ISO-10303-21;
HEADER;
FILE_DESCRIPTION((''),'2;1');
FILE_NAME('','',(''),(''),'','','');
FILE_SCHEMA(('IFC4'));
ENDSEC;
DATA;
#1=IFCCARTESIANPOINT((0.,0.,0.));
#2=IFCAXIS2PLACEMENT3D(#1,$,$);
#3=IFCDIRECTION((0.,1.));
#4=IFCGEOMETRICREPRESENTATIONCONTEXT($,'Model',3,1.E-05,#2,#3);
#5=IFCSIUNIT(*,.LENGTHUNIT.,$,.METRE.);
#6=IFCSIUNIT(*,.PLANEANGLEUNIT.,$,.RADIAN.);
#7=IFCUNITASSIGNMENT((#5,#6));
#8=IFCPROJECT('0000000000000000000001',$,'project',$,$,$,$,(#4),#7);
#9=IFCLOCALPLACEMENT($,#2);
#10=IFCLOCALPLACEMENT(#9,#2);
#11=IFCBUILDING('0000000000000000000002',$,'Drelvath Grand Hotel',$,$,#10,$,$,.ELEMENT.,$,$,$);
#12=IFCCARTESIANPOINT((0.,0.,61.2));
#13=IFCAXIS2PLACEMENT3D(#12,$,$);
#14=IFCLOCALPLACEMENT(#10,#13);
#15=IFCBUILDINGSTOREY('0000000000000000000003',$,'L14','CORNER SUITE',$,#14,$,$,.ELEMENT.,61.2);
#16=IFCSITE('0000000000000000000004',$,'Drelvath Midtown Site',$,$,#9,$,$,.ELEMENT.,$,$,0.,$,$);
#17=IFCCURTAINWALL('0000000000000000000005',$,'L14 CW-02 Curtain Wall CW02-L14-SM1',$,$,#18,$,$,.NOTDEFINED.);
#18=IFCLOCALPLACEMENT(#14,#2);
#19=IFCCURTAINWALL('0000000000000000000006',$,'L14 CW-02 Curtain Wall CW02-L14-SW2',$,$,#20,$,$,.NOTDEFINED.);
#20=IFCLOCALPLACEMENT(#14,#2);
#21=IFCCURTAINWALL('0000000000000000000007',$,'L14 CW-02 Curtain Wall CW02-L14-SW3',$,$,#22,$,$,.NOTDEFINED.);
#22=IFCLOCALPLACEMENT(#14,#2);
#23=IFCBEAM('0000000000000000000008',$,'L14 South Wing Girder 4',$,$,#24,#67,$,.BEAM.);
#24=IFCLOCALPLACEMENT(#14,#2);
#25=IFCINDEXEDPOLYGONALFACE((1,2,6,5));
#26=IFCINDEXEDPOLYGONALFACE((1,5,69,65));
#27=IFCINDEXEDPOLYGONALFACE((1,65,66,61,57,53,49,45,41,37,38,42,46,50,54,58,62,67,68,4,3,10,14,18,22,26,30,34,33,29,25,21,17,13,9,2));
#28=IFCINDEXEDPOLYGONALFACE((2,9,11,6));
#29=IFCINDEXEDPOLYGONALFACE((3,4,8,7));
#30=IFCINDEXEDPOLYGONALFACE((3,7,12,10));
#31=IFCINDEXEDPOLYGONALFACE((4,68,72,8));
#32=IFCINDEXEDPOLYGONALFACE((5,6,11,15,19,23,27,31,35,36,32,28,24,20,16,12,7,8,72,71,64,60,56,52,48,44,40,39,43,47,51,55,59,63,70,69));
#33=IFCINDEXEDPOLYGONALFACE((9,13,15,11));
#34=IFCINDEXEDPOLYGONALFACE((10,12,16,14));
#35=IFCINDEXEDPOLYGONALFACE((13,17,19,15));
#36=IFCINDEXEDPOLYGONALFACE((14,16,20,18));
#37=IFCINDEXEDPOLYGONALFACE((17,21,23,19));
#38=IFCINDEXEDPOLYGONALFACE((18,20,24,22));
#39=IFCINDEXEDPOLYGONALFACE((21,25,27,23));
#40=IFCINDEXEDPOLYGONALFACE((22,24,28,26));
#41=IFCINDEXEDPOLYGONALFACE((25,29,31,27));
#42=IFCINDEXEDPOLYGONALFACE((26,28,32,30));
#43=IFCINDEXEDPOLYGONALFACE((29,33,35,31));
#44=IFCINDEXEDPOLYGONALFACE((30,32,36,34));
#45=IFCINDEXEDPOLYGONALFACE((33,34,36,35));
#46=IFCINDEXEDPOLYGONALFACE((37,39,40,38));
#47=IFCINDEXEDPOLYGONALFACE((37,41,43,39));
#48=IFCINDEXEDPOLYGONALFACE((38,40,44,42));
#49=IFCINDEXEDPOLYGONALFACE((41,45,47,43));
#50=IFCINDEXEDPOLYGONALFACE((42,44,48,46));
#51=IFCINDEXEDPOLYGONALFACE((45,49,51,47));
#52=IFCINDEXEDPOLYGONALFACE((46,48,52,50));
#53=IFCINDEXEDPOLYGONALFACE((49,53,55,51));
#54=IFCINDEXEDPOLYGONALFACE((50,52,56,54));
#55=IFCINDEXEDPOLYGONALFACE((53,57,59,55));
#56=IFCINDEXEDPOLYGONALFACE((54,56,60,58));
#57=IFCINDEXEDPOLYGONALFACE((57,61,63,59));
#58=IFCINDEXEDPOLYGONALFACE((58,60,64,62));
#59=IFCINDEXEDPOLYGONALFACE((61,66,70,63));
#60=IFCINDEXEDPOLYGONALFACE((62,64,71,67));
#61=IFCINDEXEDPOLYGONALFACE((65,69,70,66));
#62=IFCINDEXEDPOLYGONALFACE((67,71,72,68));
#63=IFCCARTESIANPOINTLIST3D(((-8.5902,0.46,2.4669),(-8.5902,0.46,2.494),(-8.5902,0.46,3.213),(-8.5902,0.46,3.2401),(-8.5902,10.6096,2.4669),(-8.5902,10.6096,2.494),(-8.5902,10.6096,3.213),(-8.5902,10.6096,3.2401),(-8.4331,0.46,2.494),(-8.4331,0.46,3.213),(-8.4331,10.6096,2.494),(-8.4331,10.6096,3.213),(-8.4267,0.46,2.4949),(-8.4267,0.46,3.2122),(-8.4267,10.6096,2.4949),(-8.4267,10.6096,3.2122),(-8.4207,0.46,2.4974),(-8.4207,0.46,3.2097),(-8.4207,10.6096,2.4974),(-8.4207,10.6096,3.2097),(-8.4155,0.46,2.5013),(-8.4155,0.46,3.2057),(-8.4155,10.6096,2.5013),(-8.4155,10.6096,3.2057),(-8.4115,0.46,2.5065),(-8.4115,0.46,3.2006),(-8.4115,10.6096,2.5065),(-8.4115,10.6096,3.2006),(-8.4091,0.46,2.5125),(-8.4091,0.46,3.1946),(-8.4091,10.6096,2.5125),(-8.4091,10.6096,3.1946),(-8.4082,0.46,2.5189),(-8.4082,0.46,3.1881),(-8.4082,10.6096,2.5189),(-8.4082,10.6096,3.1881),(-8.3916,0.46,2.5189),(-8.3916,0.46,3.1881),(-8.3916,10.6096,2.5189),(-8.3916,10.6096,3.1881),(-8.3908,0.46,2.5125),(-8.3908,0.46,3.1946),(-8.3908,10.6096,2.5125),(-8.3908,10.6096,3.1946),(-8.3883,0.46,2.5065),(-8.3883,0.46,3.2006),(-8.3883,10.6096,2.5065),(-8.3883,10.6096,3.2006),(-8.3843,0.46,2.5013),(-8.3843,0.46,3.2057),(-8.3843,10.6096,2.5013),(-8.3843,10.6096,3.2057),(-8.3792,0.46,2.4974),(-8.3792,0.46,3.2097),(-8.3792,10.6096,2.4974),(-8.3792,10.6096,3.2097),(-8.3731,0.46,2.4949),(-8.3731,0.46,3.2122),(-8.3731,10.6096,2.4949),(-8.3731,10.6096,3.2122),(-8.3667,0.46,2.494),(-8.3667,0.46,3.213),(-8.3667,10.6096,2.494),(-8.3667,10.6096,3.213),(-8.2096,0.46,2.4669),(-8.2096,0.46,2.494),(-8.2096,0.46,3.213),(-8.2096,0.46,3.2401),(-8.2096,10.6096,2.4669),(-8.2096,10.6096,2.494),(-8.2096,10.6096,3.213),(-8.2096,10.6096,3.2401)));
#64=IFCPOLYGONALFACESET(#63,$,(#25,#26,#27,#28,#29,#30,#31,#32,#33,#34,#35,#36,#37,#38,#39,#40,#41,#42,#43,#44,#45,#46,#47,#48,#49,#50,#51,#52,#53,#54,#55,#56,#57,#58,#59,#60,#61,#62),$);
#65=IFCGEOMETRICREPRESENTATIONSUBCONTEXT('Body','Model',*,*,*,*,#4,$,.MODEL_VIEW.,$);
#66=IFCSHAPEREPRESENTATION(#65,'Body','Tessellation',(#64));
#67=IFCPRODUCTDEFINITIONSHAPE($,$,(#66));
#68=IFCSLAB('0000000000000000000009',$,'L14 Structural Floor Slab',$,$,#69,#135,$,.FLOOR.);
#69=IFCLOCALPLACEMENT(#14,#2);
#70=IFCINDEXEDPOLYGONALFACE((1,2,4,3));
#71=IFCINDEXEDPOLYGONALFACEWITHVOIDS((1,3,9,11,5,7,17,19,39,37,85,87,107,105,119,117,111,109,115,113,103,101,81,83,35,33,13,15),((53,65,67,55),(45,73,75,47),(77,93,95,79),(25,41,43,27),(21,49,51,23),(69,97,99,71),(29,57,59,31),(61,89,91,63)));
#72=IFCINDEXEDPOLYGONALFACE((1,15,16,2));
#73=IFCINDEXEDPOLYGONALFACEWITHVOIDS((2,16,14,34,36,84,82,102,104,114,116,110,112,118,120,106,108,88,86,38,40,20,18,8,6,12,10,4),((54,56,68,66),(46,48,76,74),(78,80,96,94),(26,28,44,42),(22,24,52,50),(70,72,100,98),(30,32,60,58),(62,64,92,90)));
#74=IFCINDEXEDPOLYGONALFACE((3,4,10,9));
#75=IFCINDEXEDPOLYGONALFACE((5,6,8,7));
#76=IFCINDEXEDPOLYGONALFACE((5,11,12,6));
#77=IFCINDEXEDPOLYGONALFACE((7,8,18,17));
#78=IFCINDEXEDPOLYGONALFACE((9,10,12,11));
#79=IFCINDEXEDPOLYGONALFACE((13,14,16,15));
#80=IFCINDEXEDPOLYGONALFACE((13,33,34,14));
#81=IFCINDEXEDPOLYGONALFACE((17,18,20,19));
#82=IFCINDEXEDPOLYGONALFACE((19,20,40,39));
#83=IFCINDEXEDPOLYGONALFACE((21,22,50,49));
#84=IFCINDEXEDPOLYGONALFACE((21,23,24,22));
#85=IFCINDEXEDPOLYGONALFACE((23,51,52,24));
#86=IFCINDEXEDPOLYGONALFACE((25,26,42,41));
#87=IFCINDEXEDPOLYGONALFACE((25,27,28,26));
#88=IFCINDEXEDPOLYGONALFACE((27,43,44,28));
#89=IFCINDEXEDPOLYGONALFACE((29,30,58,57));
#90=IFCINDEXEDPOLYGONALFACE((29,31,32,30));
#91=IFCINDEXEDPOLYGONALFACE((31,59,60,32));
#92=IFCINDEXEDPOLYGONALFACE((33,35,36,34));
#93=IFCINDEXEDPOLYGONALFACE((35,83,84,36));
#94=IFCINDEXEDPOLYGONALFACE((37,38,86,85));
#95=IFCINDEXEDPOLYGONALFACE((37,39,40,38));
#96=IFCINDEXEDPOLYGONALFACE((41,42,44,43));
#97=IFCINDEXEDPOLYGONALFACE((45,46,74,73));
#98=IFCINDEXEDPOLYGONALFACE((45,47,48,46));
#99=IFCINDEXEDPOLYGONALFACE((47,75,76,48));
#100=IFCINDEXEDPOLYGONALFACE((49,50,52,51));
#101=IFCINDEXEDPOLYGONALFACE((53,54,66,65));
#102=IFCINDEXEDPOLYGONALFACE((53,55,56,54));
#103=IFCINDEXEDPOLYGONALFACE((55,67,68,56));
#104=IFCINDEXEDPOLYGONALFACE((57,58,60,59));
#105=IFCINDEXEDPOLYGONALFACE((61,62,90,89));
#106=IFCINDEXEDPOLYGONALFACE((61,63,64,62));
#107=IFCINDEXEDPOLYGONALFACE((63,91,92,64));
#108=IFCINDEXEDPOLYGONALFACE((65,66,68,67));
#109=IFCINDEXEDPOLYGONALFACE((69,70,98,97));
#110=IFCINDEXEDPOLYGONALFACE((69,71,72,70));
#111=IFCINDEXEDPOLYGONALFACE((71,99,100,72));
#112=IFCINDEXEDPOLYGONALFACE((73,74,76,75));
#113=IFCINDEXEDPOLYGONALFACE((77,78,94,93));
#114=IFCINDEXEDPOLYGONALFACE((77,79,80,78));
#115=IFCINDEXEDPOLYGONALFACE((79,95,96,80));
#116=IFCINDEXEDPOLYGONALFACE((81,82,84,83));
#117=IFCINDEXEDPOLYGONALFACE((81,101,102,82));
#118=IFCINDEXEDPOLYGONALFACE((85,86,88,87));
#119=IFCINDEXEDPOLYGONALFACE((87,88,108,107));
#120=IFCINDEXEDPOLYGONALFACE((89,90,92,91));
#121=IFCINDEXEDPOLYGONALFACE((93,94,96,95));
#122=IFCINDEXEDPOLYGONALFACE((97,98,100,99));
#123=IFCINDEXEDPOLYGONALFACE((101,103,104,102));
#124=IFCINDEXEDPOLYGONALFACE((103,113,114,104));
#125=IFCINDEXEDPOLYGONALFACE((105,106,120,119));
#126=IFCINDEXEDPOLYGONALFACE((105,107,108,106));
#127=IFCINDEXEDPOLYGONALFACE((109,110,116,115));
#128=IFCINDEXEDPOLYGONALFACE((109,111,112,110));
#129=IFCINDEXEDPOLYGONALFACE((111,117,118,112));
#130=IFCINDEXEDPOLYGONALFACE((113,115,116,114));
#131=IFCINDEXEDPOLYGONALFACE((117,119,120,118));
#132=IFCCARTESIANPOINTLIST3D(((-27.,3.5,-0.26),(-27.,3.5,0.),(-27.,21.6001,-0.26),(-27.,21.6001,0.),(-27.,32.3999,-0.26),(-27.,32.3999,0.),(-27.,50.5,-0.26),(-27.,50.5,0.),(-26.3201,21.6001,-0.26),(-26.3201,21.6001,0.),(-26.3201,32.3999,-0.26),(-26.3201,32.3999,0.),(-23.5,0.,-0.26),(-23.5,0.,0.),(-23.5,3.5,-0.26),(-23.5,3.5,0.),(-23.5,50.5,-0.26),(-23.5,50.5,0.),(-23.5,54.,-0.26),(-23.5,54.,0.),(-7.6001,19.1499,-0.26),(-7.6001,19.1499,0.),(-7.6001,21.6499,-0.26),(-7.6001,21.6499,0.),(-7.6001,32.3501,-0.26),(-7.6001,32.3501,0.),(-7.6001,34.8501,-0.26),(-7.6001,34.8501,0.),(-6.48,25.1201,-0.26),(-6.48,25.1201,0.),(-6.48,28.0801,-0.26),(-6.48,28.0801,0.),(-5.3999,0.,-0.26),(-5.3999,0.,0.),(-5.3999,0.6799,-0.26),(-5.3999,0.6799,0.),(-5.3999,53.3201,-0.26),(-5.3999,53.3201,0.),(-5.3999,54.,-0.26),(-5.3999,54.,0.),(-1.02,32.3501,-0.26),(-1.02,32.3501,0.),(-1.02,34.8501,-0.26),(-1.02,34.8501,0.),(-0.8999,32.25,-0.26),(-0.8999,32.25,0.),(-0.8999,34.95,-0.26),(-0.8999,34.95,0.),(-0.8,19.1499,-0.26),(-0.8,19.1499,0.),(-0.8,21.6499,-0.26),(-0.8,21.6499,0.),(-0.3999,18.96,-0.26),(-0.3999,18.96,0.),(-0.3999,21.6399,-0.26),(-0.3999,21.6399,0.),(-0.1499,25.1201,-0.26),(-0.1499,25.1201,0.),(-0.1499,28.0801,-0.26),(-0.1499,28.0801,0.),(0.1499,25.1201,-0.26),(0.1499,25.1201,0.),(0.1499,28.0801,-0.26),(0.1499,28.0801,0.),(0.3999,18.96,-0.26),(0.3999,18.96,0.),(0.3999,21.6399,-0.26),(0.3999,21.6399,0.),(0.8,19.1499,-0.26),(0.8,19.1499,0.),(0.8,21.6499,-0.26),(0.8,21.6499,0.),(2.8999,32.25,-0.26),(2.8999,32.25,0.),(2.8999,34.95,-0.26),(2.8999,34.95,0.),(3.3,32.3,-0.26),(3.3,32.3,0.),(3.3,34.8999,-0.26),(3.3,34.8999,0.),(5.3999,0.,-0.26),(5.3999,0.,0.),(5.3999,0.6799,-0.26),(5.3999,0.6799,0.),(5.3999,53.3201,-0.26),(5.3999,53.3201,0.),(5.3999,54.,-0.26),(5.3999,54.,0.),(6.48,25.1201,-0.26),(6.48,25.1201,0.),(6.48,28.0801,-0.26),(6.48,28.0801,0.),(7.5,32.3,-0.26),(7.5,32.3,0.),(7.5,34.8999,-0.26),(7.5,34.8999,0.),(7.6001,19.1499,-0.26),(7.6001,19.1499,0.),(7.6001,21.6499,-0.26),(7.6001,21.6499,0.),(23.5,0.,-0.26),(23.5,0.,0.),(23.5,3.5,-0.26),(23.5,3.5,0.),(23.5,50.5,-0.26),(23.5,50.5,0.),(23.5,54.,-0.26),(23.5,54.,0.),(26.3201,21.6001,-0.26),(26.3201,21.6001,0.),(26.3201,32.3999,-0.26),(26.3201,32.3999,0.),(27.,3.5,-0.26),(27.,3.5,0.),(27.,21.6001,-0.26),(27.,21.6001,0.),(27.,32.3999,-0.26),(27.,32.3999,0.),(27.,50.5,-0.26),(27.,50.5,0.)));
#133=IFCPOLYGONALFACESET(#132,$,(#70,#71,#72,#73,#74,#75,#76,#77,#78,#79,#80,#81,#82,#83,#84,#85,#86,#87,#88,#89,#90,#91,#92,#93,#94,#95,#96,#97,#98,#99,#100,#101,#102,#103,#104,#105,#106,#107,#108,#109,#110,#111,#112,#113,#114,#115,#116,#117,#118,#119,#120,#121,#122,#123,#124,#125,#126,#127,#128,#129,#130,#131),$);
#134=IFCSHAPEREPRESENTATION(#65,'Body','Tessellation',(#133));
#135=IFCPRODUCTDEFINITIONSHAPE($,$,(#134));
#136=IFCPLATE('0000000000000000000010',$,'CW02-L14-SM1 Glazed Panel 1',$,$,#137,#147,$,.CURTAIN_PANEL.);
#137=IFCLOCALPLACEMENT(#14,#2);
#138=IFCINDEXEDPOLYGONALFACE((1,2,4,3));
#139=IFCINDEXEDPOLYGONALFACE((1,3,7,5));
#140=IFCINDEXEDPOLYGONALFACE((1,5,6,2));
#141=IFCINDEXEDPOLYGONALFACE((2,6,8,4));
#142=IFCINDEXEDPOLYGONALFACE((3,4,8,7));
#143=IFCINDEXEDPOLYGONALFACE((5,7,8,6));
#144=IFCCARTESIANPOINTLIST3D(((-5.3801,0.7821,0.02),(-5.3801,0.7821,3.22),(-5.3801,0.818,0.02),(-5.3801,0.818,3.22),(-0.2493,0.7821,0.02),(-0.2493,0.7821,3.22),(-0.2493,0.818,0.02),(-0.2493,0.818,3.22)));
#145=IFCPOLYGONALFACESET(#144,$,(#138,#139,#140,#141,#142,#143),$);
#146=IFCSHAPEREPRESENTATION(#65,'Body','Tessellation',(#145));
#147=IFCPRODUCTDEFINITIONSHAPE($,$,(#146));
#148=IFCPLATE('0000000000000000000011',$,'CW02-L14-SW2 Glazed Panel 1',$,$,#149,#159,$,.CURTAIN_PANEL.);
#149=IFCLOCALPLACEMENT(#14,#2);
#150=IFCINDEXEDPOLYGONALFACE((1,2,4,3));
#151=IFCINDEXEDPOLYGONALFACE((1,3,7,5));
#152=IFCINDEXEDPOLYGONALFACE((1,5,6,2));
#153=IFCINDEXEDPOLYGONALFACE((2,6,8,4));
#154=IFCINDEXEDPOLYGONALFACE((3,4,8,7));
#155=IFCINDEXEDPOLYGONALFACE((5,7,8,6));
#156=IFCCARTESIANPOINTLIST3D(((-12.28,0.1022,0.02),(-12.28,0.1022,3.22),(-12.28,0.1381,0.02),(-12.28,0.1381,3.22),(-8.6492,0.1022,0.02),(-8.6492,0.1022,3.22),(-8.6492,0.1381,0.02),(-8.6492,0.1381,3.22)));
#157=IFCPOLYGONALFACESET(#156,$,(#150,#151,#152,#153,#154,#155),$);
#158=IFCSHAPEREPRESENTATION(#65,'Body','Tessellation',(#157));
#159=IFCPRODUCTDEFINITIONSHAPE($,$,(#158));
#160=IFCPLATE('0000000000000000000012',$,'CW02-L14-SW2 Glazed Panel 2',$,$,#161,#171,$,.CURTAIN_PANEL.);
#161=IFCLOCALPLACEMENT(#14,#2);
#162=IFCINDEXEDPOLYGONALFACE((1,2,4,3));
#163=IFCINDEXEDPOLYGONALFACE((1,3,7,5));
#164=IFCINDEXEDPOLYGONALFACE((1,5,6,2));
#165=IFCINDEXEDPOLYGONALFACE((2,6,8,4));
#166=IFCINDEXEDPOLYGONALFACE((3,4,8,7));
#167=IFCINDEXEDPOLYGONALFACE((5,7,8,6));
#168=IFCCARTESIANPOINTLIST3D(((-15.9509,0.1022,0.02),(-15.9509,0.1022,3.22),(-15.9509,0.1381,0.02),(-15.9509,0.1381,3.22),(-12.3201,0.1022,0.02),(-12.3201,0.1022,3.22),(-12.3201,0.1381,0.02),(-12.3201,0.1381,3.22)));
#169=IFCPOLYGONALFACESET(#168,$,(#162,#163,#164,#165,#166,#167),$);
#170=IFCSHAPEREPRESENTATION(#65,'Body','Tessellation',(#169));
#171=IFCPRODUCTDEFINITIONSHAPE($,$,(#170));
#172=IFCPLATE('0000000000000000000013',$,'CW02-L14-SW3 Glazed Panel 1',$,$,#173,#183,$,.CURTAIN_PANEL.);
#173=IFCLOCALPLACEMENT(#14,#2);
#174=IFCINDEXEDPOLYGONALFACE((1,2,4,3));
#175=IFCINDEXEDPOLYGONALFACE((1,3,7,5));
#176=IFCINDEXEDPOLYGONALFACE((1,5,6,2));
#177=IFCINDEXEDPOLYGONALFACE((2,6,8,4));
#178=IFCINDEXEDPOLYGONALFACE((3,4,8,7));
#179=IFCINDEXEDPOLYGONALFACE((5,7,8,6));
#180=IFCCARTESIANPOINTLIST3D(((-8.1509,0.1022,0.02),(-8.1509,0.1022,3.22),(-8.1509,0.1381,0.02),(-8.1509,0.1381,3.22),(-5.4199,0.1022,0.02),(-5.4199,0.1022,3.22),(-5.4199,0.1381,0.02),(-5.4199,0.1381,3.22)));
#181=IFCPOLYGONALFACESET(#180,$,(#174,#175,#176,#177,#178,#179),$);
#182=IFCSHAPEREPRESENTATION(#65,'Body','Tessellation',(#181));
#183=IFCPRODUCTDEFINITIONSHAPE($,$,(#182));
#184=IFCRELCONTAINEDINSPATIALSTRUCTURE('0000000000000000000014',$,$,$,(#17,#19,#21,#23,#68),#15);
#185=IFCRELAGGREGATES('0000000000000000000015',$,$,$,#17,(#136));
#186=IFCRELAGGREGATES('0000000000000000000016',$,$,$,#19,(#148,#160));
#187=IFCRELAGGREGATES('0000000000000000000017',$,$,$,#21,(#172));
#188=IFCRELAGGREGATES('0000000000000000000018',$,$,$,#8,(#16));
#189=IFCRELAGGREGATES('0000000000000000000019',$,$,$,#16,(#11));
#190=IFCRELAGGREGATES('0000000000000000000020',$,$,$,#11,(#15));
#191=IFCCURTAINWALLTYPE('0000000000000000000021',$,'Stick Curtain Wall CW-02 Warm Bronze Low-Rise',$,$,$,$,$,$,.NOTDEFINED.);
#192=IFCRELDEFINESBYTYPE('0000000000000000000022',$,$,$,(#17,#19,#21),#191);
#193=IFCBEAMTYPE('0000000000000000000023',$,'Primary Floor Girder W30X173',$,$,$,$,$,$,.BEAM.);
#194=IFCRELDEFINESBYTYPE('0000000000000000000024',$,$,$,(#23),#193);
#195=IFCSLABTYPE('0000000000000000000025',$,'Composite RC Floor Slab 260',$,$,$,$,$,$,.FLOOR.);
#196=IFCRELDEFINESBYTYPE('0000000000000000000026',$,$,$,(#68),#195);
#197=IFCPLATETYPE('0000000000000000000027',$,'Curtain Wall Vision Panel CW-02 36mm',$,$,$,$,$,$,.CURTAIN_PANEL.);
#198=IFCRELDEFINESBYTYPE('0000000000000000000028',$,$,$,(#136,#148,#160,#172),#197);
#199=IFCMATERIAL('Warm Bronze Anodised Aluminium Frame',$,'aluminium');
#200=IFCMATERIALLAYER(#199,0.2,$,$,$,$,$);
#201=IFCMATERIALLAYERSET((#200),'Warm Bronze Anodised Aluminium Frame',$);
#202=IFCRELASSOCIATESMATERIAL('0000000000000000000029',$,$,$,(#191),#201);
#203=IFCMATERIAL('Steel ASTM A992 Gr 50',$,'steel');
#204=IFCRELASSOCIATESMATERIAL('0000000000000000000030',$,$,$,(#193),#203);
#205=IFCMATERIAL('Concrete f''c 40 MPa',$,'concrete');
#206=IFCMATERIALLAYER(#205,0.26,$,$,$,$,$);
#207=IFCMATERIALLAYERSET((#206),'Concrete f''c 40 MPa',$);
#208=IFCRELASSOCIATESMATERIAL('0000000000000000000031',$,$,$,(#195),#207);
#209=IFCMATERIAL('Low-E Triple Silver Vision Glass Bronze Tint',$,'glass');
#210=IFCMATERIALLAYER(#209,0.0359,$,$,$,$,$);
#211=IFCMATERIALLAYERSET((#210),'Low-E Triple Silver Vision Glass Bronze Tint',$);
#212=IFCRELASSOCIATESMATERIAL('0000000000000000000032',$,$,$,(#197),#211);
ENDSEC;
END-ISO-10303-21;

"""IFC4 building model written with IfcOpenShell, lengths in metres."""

from ifc_helpers import new_model, si_unit, direction, frame, origin, origin_2d, place, context, subcontext, project, spatial, polyline, rectangle, i_section, outline, extrude, material, layer, layer_set, material_profile, profile_set, type_object, element, aggregate, save


model = new_model("IFC4")

# Units and contexts
model_context = context("Model", 3, precision=1e-05, world=origin(), true_north=direction((0.0, 1.0)))
body_context = subcontext(model_context, "Body", "Model", "MODEL_VIEW")
ifc_project = project(units=[si_unit("LENGTHUNIT", "METRE"), si_unit("PLANEANGLEUNIT", "RADIAN")], contexts=[model_context])

# Site, building, storey
site_placement = place(None, origin())
site = spatial("IfcSite", under=ifc_project, at=site_placement, Name="Drelvath Midtown Site", CompositionType="ELEMENT", RefElevation=0.0)
building_placement = place(site_placement, origin())
building = spatial("IfcBuilding", under=site, at=building_placement, Name="Drelvath Grand Hotel", CompositionType="ELEMENT")
storey_placement = place(building_placement, frame((0.0, 0.0, 61.2)))
storey = spatial("IfcBuildingStorey", under=building, at=storey_placement, Name="L14", Description="CORNER SUITE", CompositionType="ELEMENT", Elevation=61.2)

# Shared definitions
ifc_material_1 = material(Name="Steel ASTM A992 Gr 50", Category="steel")

# Curtain walls
ifc_material_2 = material(Name="Warm Bronze Anodised Aluminium Frame", Category="aluminium")
ifc_layer_1 = layer(ifc_material_2, 0.2)
ifc_layer_set_1 = layer_set([ifc_layer_1], Name="Warm Bronze Anodised Aluminium Frame")
curtain_wall_type = type_object("IfcCurtainWallType", Name="Stick Curtain Wall CW-02 Warm Bronze Low-Rise", PredefinedType="NOTDEFINED", material=ifc_layer_set_1)
curtain_wall_1_placement = place(storey_placement, origin())
curtain_wall_1 = element("IfcCurtainWall", 1, at=curtain_wall_1_placement, inside=storey, type_object=curtain_wall_type, Name="L14 CW-02 Curtain Wall CW02-L14-SM1", PredefinedType="NOTDEFINED")
curtain_wall_2_placement = place(storey_placement, origin())
curtain_wall_2 = element("IfcCurtainWall", 2, at=curtain_wall_2_placement, inside=storey, type_object=curtain_wall_type, Name="L14 CW-02 Curtain Wall CW02-L14-SW2", PredefinedType="NOTDEFINED")
curtain_wall_3_placement = place(storey_placement, origin())
curtain_wall_3 = element("IfcCurtainWall", 3, at=curtain_wall_3_placement, inside=storey, type_object=curtain_wall_type, Name="L14 CW-02 Curtain Wall CW02-L14-SW3", PredefinedType="NOTDEFINED")

# Beam
ifc_material_profile_1 = material_profile(ifc_material_1, i_section(OverallWidth=0.3806, OverallDepth=0.7732, WebThickness=0.0166, FlangeThickness=0.0271, FilletRadius=0.0249, at=origin_2d()), Name="W30X173")
ifc_profile_set_1 = profile_set([ifc_material_profile_1], Name="Steel ASTM A992 Gr 50")
beam_type_1 = type_object("IfcBeamType", Name="Primary Floor Girder W30X173", PredefinedType="BEAM", material=ifc_profile_set_1)
beam_1_placement = place(storey_placement, frame((-8.3999, 0.46, 2.8535), z_axis=(0.0, 1.0, 0.0), x_axis=(-1.0, 0.0, 0.0)))
element("IfcBeam", 4, at=beam_1_placement, inside=storey, type_object=beam_type_1, Name="L14 South Wing Girder 4", PredefinedType="BEAM", context=body_context, shape_type="SweptSolid", body=[
    extrude(i_section(OverallWidth=0.3806, OverallDepth=0.7732, WebThickness=0.0166, FlangeThickness=0.0271, FilletRadius=0.0249, at=origin_2d()), origin(), (0.0, 0.0, 1.0), 10.1497),
])

# Slab
ifc_material_3 = material(Name="Concrete f'c 40 MPa", Category="concrete")
ifc_layer_2 = layer(ifc_material_3, 0.26)
ifc_layer_set_2 = layer_set([ifc_layer_2], Name="Concrete f'c 40 MPa")
slab_type = type_object("IfcSlabType", Name="Composite RC Floor Slab 260", PredefinedType="FLOOR", material=ifc_layer_set_2)
slab_placement = place(storey_placement, frame((0.0, 0.0, -0.26)))
element("IfcSlab", 5, at=slab_placement, inside=storey, type_object=slab_type, Name="L14 Structural Floor Slab", PredefinedType="FLOOR", context=body_context, shape_type="SweptSolid", body=[
    extrude(outline(polyline([(-23.5, 0.0), (-5.3999, 0.0), (-5.3999, 0.6799), (5.3999, 0.6799), (5.3999, 0.0), (23.5, 0.0), (23.5, 3.5), (27.0, 3.5), (27.0, 21.6001), (26.3201, 21.6001), (26.3201, 32.3999), (27.0, 32.3999), (27.0, 50.5), (23.5, 50.5), (23.5, 54.0), (5.3999, 54.0), (5.3999, 53.3201), (-5.3999, 53.3201), (-5.3999, 54.0), (-23.5, 54.0), (-23.5, 50.5), (-27.0, 50.5), (-27.0, 32.3999), (-26.3201, 32.3999), (-26.3201, 21.6001), (-27.0, 21.6001), (-27.0, 3.5), (-23.5, 3.5), (-23.5, 0.0)]), holes=[polyline([(-6.48, 25.1201), (-6.48, 28.0801), (-0.1499, 28.0801), (-0.1499, 25.1201), (-6.48, 25.1201)]), polyline([(0.1499, 25.1201), (0.1499, 28.0801), (6.48, 28.0801), (6.48, 25.1201), (0.1499, 25.1201)]), polyline([(-7.6001, 19.1499), (-7.6001, 21.6499), (-0.8, 21.6499), (-0.8, 19.1499), (-7.6001, 19.1499)]), polyline([(-0.3999, 18.96), (-0.3999, 21.6399), (0.3999, 21.6399), (0.3999, 18.96), (-0.3999, 18.96)]), polyline([(0.8, 19.1499), (0.8, 21.6499), (7.6001, 21.6499), (7.6001, 19.1499), (0.8, 19.1499)]), polyline([(-7.6001, 32.3501), (-7.6001, 34.8501), (-1.02, 34.8501), (-1.02, 32.3501), (-7.6001, 32.3501)]), polyline([(-0.8999, 32.25), (-0.8999, 34.95), (2.8999, 34.95), (2.8999, 32.25), (-0.8999, 32.25)]), polyline([(3.3, 32.3), (3.3, 34.8999), (7.5, 34.8999), (7.5, 32.3), (3.3, 32.3)])]), origin(), (0.0, 0.0, 1.0), 0.26),
])

# Plates
ifc_material_4 = material(Name="Low-E Triple Silver Vision Glass Bronze Tint", Category="glass")
ifc_layer_3 = layer(ifc_material_4, 0.0359)
ifc_layer_set_3 = layer_set([ifc_layer_3], Name="Low-E Triple Silver Vision Glass Bronze Tint")
plate_type = type_object("IfcPlateType", Name="Curtain Wall Vision Panel CW-02 36mm", PredefinedType="CURTAIN_PANEL", material=ifc_layer_set_3)
plate_1_placement = place(storey_placement, frame((-2.8147, 0.8, 0.02), z_axis=(0.0, 0.0, 1.0), x_axis=(-1.0, 0.0, 0.0)))
plate_1 = element("IfcPlate", 6, at=plate_1_placement, type_object=plate_type, Name="CW02-L14-SM1 Glazed Panel 1", PredefinedType="CURTAIN_PANEL", context=body_context, shape_type="SweptSolid", body=[
    extrude(rectangle(XDim=5.1309, YDim=0.0359, at=origin_2d()), origin(), (0.0, 0.0, 1.0), 3.2),
])
aggregate(curtain_wall_1, [plate_1])
plate_2_placement = place(storey_placement, frame((-10.4646, 0.1201, 0.02), z_axis=(0.0, 0.0, 1.0), x_axis=(-1.0, 0.0, 0.0)))
plate_2 = element("IfcPlate", 7, at=plate_2_placement, type_object=plate_type, Name="CW02-L14-SW2 Glazed Panel 1", PredefinedType="CURTAIN_PANEL", context=body_context, shape_type="SweptSolid", body=[
    extrude(rectangle(XDim=3.6309, YDim=0.0359, at=origin_2d()), origin(), (0.0, 0.0, 1.0), 3.2),
])
plate_3_placement = place(storey_placement, frame((-14.1355, 0.1201, 0.02), z_axis=(0.0, 0.0, 1.0), x_axis=(-1.0, 0.0, 0.0)))
plate_3 = element("IfcPlate", 8, at=plate_3_placement, type_object=plate_type, Name="CW02-L14-SW2 Glazed Panel 2", PredefinedType="CURTAIN_PANEL", context=body_context, shape_type="SweptSolid", body=[
    extrude(rectangle(XDim=3.6309, YDim=0.0359, at=origin_2d()), origin(), (0.0, 0.0, 1.0), 3.2),
])
aggregate(curtain_wall_2, [plate_2, plate_3])
plate_4_placement = place(storey_placement, frame((-6.7854, 0.1201, 0.02), z_axis=(0.0, 0.0, 1.0), x_axis=(-1.0, 0.0, 0.0)))
plate_4 = element("IfcPlate", 9, at=plate_4_placement, type_object=plate_type, Name="CW02-L14-SW3 Glazed Panel 1", PredefinedType="CURTAIN_PANEL", context=body_context, shape_type="SweptSolid", body=[
    extrude(rectangle(XDim=2.731, YDim=0.0359, at=origin_2d()), origin(), (0.0, 0.0, 1.0), 3.2),
])
aggregate(curtain_wall_3, [plate_4])

save(model, "model.ifc")
